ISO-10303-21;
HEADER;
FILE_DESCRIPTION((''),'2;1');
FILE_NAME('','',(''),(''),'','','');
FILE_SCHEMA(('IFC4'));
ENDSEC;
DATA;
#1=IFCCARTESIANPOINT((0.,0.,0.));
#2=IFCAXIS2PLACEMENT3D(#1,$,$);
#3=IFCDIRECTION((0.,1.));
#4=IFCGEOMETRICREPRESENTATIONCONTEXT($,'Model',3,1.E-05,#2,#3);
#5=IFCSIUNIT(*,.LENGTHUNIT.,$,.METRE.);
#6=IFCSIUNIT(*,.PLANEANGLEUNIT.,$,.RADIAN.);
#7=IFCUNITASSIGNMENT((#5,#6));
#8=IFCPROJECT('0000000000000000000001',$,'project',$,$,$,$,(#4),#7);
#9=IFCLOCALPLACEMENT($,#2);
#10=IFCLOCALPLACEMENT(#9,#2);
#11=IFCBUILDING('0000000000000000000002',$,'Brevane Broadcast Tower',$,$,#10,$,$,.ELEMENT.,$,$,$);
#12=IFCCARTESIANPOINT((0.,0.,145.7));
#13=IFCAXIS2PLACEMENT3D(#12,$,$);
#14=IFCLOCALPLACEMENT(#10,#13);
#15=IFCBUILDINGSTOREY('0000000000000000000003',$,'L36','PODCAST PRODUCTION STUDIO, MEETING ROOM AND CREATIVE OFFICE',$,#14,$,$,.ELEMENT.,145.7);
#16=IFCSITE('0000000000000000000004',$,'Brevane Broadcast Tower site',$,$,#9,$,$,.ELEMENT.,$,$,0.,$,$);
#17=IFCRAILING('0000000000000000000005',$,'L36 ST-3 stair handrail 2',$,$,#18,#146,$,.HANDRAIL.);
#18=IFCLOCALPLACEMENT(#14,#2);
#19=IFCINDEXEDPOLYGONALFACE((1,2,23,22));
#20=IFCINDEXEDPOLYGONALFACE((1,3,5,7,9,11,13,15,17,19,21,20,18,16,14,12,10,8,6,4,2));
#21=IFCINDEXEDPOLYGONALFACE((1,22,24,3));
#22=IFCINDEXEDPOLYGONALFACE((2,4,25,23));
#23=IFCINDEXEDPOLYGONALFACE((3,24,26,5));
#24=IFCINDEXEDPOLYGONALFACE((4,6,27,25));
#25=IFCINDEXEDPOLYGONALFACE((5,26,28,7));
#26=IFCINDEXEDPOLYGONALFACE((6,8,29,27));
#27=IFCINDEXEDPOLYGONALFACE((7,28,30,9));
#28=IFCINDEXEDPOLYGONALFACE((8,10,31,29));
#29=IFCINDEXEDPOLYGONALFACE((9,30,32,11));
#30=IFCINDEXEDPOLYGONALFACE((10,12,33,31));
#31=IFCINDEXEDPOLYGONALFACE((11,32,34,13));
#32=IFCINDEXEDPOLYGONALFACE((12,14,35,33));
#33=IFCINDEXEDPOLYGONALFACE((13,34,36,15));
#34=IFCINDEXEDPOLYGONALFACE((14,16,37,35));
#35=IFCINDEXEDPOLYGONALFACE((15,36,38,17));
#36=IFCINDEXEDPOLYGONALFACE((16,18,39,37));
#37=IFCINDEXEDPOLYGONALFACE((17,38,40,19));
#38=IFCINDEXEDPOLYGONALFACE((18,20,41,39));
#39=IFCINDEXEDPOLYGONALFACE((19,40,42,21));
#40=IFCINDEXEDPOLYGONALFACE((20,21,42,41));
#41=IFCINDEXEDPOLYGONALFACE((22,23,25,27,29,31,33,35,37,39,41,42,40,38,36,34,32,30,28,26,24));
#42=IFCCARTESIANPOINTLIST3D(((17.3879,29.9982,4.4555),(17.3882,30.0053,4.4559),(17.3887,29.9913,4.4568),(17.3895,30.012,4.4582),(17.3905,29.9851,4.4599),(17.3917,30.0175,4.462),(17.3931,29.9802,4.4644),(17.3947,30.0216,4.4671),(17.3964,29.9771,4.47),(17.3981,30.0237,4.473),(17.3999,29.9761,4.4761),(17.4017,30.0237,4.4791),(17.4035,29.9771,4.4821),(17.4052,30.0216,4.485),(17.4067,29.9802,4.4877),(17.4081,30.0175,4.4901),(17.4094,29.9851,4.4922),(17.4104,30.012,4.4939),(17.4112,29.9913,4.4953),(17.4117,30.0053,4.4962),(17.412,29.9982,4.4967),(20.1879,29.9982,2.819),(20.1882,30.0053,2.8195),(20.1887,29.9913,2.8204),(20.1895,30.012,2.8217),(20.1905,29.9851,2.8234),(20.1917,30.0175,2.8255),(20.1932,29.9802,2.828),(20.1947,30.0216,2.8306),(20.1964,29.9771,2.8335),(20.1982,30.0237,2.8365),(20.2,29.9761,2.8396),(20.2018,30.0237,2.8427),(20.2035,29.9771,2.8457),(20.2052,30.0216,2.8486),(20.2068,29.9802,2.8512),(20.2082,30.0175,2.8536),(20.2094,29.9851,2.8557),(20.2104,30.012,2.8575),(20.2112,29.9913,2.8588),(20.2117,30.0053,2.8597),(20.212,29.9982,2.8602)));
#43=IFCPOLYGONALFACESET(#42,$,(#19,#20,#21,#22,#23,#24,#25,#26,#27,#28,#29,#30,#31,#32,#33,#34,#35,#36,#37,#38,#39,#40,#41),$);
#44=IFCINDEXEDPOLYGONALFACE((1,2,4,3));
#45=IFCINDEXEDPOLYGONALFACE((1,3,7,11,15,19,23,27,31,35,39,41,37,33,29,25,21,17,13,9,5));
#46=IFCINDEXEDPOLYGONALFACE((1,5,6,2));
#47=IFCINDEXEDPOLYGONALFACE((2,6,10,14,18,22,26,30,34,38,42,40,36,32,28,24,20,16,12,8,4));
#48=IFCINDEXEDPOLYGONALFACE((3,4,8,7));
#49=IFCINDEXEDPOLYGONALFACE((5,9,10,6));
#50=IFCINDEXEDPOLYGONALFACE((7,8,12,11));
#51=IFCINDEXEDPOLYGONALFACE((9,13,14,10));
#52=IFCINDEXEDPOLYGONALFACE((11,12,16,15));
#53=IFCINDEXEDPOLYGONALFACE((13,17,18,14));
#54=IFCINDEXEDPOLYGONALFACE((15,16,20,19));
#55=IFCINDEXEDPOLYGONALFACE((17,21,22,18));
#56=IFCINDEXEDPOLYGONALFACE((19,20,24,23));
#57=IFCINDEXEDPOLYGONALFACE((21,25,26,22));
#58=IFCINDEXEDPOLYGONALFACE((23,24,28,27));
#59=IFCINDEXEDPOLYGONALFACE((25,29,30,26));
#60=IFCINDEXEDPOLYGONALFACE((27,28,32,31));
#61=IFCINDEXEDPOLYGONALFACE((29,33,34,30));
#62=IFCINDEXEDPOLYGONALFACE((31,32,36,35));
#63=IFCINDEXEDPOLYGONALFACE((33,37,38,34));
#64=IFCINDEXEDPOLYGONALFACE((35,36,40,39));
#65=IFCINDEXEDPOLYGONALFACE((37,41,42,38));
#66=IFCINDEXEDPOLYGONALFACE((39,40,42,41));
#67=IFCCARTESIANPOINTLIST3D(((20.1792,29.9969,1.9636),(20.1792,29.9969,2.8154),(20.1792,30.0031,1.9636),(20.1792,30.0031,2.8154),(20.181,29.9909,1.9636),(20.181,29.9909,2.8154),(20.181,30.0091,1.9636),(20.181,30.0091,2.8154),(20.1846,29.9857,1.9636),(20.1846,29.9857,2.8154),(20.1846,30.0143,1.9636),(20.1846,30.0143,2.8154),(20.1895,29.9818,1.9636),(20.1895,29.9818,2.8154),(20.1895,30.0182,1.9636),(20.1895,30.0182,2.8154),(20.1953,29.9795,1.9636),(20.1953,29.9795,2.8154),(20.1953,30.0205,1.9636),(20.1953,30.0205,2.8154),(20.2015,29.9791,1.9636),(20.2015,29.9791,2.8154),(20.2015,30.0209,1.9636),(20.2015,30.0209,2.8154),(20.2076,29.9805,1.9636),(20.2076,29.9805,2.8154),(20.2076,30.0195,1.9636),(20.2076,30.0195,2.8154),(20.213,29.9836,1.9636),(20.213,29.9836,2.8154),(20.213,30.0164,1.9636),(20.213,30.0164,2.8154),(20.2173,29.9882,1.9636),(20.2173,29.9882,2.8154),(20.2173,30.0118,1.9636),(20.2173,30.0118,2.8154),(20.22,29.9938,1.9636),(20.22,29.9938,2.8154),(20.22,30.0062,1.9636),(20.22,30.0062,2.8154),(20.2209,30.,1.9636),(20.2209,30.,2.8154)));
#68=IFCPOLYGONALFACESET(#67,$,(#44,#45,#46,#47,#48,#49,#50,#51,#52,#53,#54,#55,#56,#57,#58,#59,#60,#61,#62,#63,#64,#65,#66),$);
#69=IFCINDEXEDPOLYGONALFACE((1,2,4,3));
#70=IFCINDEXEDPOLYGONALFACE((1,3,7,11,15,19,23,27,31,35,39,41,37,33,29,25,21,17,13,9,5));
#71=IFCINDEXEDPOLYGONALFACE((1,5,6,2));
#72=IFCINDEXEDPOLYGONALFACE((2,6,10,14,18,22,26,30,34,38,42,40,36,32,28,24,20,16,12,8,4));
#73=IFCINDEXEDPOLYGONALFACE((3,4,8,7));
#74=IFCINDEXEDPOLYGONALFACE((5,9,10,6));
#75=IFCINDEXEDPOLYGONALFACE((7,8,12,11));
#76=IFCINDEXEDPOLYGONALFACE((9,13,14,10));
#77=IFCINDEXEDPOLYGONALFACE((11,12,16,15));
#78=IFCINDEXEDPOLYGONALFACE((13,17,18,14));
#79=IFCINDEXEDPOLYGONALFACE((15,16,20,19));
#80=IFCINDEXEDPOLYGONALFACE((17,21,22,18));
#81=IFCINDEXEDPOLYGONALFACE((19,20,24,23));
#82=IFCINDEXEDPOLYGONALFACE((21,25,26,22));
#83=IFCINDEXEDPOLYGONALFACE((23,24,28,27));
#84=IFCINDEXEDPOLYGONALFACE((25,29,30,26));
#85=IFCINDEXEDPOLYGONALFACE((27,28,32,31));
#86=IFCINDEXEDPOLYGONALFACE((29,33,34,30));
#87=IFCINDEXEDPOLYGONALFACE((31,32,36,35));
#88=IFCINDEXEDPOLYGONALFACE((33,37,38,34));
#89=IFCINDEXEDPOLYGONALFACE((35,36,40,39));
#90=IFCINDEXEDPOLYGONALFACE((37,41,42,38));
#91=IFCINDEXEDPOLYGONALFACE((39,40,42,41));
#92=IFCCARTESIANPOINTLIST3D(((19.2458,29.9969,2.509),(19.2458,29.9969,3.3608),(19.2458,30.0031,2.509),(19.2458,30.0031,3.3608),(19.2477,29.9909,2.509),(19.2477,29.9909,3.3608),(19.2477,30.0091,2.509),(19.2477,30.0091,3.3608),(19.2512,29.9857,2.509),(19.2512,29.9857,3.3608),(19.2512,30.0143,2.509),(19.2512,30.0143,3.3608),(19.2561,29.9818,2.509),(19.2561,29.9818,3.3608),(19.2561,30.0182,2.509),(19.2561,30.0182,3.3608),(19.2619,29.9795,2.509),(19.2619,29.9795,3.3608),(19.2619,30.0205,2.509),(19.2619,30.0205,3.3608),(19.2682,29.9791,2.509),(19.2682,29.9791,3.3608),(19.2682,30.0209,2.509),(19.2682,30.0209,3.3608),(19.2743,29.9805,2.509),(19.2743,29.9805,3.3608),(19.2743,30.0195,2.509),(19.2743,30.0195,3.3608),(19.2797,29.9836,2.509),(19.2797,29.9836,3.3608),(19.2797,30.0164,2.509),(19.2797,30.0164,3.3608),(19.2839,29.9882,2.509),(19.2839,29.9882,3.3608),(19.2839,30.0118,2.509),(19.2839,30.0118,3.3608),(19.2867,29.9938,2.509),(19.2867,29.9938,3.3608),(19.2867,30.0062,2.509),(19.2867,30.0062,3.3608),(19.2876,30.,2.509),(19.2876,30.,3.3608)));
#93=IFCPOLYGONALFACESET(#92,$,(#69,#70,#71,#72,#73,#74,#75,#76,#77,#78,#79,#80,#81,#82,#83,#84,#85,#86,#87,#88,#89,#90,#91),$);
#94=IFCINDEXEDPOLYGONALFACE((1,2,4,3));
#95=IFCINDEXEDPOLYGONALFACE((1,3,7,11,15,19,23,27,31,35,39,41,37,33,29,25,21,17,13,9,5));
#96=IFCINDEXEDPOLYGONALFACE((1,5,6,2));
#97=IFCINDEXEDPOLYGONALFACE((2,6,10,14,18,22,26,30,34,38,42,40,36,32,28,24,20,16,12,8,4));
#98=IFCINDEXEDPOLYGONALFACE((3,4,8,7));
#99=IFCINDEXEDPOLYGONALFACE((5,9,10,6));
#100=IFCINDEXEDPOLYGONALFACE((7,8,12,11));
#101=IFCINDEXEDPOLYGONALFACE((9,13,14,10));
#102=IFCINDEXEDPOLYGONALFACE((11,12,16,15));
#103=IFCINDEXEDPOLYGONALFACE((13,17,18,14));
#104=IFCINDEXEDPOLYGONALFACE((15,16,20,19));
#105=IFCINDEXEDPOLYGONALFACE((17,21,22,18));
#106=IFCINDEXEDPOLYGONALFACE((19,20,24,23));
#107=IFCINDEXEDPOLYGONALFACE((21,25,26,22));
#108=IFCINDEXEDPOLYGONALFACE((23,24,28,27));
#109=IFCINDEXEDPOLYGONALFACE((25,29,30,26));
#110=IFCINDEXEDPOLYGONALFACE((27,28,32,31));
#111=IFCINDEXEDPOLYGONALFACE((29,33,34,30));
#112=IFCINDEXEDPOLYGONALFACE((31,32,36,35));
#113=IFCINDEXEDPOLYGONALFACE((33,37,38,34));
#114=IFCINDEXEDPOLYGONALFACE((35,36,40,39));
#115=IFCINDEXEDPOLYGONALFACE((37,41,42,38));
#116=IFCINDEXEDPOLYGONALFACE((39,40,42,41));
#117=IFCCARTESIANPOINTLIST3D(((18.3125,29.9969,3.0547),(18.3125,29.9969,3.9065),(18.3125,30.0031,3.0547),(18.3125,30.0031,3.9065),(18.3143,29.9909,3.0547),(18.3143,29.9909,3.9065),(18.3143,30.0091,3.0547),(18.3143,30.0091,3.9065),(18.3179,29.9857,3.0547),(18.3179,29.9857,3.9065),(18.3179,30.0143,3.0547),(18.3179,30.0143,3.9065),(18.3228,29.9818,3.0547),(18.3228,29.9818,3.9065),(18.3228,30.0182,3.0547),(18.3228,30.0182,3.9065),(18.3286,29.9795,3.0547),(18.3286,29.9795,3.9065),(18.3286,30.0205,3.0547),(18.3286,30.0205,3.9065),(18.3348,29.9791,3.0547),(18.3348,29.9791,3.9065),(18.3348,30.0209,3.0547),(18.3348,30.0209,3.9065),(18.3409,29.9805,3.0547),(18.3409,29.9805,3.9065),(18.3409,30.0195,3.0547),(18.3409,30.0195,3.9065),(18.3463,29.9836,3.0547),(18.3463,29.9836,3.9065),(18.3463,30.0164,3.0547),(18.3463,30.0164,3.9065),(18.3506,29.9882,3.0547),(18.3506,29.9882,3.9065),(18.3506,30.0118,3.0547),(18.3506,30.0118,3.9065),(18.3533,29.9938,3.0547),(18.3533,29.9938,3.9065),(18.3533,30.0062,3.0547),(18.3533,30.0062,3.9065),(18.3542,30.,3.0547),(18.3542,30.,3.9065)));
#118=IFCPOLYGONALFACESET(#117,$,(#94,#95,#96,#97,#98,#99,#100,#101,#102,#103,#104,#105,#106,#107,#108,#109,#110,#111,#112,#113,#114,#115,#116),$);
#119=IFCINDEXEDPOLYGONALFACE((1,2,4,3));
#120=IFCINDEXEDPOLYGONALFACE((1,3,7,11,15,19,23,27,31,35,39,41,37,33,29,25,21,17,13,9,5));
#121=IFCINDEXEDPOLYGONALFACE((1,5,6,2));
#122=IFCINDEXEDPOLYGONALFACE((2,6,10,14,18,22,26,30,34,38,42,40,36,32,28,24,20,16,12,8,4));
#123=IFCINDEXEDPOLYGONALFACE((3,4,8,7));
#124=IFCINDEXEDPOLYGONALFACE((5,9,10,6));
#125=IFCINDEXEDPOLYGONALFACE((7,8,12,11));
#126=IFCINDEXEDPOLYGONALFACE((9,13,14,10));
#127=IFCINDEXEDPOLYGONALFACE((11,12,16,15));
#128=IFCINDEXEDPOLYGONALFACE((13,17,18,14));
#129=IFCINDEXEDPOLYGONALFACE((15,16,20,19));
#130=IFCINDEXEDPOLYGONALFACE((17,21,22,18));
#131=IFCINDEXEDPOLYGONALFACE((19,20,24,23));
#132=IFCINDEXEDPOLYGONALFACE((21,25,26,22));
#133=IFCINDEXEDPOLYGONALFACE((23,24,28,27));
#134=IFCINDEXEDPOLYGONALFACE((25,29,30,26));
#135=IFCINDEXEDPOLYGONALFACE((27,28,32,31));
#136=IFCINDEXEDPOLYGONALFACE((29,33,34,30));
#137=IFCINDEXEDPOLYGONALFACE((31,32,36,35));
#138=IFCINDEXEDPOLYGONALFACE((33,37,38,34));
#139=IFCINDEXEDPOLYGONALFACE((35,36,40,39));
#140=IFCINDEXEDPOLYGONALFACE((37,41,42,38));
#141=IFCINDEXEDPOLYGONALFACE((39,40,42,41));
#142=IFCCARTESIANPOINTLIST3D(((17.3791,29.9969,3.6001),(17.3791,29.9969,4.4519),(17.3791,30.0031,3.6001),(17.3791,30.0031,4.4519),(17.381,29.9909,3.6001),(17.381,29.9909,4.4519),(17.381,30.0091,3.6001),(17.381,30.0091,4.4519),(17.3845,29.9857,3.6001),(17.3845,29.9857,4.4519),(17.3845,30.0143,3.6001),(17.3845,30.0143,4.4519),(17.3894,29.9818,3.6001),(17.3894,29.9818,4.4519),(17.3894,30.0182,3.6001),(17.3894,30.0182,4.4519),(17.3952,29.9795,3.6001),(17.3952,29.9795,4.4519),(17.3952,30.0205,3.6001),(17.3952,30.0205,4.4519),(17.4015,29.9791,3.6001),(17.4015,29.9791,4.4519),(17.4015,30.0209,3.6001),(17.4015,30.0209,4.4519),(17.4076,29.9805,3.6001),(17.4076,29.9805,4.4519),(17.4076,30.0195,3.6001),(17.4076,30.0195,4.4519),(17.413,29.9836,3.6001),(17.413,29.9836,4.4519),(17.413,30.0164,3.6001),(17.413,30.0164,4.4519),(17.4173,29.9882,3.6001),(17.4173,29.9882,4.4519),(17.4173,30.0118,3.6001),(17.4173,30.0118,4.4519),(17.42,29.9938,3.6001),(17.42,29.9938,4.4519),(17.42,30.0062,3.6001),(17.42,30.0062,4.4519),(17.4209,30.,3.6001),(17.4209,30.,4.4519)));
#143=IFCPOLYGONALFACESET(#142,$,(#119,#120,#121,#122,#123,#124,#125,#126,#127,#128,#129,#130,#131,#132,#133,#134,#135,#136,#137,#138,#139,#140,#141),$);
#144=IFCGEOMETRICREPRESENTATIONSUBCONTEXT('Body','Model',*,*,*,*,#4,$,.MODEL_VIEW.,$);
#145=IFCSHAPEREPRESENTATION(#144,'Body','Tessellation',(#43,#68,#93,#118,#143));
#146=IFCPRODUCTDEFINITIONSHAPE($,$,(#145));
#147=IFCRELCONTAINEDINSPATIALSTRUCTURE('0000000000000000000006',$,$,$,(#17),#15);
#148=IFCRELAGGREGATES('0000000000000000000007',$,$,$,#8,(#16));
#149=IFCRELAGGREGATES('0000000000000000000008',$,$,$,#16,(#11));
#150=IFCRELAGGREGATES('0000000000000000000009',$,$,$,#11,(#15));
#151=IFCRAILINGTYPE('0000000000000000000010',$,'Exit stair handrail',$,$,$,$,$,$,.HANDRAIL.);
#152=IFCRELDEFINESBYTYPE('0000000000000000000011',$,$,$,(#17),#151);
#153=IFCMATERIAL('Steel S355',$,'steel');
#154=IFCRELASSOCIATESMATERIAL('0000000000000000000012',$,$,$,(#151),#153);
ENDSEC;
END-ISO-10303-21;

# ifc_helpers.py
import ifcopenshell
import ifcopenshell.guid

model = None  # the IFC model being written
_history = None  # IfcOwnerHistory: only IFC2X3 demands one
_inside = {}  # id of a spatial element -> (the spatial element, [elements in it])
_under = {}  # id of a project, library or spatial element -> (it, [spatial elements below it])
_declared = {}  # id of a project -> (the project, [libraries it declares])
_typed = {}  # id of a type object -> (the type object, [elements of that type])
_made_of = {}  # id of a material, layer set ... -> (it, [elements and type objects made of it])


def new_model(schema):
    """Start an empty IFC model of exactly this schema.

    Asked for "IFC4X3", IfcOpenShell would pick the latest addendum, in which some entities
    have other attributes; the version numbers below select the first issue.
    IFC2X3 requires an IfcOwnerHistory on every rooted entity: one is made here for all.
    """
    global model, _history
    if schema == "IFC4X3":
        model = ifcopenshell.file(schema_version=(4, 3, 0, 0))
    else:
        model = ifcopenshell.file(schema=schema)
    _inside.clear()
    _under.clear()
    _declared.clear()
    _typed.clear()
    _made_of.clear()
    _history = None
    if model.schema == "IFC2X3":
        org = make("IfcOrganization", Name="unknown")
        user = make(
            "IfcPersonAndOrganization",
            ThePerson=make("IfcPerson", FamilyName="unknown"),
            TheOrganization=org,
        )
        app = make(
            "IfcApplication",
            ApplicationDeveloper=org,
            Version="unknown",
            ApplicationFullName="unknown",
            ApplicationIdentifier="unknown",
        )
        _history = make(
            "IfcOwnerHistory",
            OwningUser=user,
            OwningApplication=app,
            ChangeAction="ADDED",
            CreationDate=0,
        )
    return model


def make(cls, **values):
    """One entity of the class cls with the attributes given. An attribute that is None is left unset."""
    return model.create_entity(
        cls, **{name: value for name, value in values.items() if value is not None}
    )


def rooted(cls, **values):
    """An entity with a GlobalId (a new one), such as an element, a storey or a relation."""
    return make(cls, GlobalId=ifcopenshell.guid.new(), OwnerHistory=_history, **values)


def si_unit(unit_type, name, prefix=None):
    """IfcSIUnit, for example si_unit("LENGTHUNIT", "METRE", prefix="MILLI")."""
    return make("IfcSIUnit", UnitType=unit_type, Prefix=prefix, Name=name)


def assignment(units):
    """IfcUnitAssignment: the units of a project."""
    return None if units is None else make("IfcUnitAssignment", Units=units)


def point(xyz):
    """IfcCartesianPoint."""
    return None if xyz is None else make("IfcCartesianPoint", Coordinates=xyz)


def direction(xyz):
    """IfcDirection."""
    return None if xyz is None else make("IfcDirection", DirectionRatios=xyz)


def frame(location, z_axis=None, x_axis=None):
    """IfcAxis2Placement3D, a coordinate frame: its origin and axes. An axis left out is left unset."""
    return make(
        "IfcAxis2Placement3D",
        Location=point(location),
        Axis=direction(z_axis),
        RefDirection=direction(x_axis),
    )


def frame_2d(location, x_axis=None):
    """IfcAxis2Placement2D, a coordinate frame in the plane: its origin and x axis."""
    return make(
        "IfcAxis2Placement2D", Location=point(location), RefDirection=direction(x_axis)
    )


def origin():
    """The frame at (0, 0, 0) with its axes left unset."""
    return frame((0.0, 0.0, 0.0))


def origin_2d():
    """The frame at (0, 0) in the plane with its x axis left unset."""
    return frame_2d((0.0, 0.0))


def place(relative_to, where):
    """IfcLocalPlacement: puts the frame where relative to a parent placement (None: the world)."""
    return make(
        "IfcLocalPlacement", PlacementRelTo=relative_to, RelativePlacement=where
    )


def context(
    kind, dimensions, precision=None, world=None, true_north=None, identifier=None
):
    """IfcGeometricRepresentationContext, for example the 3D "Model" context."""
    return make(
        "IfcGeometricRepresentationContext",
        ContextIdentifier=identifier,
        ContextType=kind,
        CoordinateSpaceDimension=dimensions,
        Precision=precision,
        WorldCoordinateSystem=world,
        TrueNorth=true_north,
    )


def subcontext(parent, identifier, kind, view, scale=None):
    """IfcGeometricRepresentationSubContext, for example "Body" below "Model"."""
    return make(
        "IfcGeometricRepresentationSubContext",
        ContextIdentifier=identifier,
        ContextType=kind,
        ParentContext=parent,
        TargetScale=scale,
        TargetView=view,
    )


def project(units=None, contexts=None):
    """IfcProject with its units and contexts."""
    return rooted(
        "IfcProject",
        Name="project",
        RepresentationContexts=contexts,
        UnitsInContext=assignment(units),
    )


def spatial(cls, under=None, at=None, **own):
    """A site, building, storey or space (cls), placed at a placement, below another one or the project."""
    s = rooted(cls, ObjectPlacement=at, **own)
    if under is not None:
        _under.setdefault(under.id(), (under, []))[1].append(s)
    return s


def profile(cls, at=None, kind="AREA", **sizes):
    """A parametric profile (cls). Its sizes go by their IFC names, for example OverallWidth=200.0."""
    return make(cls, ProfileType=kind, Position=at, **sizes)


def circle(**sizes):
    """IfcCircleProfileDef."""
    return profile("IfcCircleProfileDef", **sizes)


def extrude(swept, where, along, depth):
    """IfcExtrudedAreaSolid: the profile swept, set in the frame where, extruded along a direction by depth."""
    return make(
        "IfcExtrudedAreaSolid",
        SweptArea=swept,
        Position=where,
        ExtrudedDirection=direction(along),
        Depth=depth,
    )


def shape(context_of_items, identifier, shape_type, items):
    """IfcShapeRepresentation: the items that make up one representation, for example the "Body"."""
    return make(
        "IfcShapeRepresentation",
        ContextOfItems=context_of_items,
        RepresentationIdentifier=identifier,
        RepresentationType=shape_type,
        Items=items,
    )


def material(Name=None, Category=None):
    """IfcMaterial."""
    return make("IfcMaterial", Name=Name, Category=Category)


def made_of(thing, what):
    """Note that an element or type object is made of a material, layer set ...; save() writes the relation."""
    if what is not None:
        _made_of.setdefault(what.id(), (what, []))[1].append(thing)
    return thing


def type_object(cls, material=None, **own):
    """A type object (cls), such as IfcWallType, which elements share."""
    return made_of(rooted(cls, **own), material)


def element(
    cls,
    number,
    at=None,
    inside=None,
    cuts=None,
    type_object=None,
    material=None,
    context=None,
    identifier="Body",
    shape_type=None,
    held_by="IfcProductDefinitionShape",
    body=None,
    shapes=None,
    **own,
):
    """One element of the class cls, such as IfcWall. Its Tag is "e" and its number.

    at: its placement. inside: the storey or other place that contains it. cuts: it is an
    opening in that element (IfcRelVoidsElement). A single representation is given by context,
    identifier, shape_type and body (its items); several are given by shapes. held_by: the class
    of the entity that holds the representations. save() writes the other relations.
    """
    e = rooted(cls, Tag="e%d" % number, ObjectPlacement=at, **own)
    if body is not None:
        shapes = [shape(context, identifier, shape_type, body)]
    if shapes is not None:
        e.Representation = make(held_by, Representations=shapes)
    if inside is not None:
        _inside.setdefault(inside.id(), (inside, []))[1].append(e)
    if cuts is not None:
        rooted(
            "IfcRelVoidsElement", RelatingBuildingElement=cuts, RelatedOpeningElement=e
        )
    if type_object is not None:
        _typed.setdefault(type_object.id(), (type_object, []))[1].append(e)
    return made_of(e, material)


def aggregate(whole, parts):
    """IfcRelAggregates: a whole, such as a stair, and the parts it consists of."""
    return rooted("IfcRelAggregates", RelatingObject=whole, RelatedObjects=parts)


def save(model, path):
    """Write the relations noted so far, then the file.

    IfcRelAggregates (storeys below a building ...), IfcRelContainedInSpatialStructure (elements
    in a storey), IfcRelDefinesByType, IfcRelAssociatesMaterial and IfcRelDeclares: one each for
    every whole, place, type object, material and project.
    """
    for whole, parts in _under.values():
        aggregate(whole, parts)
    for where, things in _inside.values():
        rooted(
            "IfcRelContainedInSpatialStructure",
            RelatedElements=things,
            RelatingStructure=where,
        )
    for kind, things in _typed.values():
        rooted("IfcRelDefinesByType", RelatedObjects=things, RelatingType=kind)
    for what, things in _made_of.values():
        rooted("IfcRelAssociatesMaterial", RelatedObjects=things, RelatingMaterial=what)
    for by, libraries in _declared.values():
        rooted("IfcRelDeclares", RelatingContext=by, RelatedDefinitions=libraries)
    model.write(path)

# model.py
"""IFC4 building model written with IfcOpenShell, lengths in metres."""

from ifc_helpers import new_model, si_unit, direction, frame, origin, origin_2d, place, context, subcontext, project, spatial, circle, extrude, material, type_object, element, save


model = new_model("IFC4")

# Units and contexts
model_context = context("Model", 3, precision=1e-05, world=origin(), true_north=direction((0.0, 1.0)))
body_context = subcontext(model_context, "Body", "Model", "MODEL_VIEW")
ifc_project = project(units=[si_unit("LENGTHUNIT", "METRE"), si_unit("PLANEANGLEUNIT", "RADIAN")], contexts=[model_context])

# Site, building, storey
site_placement = place(None, origin())
site = spatial("IfcSite", under=ifc_project, at=site_placement, Name="Brevane Broadcast Tower site", CompositionType="ELEMENT", RefElevation=0.0)
building_placement = place(site_placement, origin())
building = spatial("IfcBuilding", under=site, at=building_placement, Name="Brevane Broadcast Tower", CompositionType="ELEMENT")
storey_placement = place(building_placement, frame((0.0, 0.0, 145.7)))
storey = spatial("IfcBuildingStorey", under=building, at=storey_placement, Name="L36", Description="PODCAST PRODUCTION STUDIO, MEETING ROOM AND CREATIVE OFFICE", CompositionType="ELEMENT", Elevation=145.7)

# Railing
ifc_material_1 = material(Name="Steel S355", Category="steel")
railing_type_1 = type_object("IfcRailingType", Name="Exit stair handrail", PredefinedType="HANDRAIL", material=ifc_material_1)
railing_1_placement = place(storey_placement, frame((20.2, 30.0, 1.9636)))
element("IfcRailing", 1, at=railing_1_placement, inside=storey, type_object=railing_type_1, Name="L36 ST-3 stair handrail 2", PredefinedType="HANDRAIL", context=body_context, shape_type="SweptSolid", body=[
    extrude(circle(Radius=0.0239, at=origin_2d()), frame((0.0, 0.0, 0.876), z_axis=(-0.863361, 0.0, 0.504587), x_axis=(0.0, -1.0, 0.0)), (0.0, 0.0, 1.0), 3.2432),
    extrude(circle(Radius=0.021, at=origin_2d()), origin(), (0.0, 0.0, 1.0), 0.8518),
    extrude(circle(Radius=0.021, at=origin_2d()), frame((-0.9333, 0.0, 0.5454)), (0.0, 0.0, 1.0), 0.8518),
    extrude(circle(Radius=0.021, at=origin_2d()), frame((-1.8667, 0.0, 1.0911)), (0.0, 0.0, 1.0), 0.8518),
    extrude(circle(Radius=0.021, at=origin_2d()), frame((-2.8, 0.0, 1.6365)), (0.0, 0.0, 1.0), 0.8518),
])

save(model, "model.ifc")
